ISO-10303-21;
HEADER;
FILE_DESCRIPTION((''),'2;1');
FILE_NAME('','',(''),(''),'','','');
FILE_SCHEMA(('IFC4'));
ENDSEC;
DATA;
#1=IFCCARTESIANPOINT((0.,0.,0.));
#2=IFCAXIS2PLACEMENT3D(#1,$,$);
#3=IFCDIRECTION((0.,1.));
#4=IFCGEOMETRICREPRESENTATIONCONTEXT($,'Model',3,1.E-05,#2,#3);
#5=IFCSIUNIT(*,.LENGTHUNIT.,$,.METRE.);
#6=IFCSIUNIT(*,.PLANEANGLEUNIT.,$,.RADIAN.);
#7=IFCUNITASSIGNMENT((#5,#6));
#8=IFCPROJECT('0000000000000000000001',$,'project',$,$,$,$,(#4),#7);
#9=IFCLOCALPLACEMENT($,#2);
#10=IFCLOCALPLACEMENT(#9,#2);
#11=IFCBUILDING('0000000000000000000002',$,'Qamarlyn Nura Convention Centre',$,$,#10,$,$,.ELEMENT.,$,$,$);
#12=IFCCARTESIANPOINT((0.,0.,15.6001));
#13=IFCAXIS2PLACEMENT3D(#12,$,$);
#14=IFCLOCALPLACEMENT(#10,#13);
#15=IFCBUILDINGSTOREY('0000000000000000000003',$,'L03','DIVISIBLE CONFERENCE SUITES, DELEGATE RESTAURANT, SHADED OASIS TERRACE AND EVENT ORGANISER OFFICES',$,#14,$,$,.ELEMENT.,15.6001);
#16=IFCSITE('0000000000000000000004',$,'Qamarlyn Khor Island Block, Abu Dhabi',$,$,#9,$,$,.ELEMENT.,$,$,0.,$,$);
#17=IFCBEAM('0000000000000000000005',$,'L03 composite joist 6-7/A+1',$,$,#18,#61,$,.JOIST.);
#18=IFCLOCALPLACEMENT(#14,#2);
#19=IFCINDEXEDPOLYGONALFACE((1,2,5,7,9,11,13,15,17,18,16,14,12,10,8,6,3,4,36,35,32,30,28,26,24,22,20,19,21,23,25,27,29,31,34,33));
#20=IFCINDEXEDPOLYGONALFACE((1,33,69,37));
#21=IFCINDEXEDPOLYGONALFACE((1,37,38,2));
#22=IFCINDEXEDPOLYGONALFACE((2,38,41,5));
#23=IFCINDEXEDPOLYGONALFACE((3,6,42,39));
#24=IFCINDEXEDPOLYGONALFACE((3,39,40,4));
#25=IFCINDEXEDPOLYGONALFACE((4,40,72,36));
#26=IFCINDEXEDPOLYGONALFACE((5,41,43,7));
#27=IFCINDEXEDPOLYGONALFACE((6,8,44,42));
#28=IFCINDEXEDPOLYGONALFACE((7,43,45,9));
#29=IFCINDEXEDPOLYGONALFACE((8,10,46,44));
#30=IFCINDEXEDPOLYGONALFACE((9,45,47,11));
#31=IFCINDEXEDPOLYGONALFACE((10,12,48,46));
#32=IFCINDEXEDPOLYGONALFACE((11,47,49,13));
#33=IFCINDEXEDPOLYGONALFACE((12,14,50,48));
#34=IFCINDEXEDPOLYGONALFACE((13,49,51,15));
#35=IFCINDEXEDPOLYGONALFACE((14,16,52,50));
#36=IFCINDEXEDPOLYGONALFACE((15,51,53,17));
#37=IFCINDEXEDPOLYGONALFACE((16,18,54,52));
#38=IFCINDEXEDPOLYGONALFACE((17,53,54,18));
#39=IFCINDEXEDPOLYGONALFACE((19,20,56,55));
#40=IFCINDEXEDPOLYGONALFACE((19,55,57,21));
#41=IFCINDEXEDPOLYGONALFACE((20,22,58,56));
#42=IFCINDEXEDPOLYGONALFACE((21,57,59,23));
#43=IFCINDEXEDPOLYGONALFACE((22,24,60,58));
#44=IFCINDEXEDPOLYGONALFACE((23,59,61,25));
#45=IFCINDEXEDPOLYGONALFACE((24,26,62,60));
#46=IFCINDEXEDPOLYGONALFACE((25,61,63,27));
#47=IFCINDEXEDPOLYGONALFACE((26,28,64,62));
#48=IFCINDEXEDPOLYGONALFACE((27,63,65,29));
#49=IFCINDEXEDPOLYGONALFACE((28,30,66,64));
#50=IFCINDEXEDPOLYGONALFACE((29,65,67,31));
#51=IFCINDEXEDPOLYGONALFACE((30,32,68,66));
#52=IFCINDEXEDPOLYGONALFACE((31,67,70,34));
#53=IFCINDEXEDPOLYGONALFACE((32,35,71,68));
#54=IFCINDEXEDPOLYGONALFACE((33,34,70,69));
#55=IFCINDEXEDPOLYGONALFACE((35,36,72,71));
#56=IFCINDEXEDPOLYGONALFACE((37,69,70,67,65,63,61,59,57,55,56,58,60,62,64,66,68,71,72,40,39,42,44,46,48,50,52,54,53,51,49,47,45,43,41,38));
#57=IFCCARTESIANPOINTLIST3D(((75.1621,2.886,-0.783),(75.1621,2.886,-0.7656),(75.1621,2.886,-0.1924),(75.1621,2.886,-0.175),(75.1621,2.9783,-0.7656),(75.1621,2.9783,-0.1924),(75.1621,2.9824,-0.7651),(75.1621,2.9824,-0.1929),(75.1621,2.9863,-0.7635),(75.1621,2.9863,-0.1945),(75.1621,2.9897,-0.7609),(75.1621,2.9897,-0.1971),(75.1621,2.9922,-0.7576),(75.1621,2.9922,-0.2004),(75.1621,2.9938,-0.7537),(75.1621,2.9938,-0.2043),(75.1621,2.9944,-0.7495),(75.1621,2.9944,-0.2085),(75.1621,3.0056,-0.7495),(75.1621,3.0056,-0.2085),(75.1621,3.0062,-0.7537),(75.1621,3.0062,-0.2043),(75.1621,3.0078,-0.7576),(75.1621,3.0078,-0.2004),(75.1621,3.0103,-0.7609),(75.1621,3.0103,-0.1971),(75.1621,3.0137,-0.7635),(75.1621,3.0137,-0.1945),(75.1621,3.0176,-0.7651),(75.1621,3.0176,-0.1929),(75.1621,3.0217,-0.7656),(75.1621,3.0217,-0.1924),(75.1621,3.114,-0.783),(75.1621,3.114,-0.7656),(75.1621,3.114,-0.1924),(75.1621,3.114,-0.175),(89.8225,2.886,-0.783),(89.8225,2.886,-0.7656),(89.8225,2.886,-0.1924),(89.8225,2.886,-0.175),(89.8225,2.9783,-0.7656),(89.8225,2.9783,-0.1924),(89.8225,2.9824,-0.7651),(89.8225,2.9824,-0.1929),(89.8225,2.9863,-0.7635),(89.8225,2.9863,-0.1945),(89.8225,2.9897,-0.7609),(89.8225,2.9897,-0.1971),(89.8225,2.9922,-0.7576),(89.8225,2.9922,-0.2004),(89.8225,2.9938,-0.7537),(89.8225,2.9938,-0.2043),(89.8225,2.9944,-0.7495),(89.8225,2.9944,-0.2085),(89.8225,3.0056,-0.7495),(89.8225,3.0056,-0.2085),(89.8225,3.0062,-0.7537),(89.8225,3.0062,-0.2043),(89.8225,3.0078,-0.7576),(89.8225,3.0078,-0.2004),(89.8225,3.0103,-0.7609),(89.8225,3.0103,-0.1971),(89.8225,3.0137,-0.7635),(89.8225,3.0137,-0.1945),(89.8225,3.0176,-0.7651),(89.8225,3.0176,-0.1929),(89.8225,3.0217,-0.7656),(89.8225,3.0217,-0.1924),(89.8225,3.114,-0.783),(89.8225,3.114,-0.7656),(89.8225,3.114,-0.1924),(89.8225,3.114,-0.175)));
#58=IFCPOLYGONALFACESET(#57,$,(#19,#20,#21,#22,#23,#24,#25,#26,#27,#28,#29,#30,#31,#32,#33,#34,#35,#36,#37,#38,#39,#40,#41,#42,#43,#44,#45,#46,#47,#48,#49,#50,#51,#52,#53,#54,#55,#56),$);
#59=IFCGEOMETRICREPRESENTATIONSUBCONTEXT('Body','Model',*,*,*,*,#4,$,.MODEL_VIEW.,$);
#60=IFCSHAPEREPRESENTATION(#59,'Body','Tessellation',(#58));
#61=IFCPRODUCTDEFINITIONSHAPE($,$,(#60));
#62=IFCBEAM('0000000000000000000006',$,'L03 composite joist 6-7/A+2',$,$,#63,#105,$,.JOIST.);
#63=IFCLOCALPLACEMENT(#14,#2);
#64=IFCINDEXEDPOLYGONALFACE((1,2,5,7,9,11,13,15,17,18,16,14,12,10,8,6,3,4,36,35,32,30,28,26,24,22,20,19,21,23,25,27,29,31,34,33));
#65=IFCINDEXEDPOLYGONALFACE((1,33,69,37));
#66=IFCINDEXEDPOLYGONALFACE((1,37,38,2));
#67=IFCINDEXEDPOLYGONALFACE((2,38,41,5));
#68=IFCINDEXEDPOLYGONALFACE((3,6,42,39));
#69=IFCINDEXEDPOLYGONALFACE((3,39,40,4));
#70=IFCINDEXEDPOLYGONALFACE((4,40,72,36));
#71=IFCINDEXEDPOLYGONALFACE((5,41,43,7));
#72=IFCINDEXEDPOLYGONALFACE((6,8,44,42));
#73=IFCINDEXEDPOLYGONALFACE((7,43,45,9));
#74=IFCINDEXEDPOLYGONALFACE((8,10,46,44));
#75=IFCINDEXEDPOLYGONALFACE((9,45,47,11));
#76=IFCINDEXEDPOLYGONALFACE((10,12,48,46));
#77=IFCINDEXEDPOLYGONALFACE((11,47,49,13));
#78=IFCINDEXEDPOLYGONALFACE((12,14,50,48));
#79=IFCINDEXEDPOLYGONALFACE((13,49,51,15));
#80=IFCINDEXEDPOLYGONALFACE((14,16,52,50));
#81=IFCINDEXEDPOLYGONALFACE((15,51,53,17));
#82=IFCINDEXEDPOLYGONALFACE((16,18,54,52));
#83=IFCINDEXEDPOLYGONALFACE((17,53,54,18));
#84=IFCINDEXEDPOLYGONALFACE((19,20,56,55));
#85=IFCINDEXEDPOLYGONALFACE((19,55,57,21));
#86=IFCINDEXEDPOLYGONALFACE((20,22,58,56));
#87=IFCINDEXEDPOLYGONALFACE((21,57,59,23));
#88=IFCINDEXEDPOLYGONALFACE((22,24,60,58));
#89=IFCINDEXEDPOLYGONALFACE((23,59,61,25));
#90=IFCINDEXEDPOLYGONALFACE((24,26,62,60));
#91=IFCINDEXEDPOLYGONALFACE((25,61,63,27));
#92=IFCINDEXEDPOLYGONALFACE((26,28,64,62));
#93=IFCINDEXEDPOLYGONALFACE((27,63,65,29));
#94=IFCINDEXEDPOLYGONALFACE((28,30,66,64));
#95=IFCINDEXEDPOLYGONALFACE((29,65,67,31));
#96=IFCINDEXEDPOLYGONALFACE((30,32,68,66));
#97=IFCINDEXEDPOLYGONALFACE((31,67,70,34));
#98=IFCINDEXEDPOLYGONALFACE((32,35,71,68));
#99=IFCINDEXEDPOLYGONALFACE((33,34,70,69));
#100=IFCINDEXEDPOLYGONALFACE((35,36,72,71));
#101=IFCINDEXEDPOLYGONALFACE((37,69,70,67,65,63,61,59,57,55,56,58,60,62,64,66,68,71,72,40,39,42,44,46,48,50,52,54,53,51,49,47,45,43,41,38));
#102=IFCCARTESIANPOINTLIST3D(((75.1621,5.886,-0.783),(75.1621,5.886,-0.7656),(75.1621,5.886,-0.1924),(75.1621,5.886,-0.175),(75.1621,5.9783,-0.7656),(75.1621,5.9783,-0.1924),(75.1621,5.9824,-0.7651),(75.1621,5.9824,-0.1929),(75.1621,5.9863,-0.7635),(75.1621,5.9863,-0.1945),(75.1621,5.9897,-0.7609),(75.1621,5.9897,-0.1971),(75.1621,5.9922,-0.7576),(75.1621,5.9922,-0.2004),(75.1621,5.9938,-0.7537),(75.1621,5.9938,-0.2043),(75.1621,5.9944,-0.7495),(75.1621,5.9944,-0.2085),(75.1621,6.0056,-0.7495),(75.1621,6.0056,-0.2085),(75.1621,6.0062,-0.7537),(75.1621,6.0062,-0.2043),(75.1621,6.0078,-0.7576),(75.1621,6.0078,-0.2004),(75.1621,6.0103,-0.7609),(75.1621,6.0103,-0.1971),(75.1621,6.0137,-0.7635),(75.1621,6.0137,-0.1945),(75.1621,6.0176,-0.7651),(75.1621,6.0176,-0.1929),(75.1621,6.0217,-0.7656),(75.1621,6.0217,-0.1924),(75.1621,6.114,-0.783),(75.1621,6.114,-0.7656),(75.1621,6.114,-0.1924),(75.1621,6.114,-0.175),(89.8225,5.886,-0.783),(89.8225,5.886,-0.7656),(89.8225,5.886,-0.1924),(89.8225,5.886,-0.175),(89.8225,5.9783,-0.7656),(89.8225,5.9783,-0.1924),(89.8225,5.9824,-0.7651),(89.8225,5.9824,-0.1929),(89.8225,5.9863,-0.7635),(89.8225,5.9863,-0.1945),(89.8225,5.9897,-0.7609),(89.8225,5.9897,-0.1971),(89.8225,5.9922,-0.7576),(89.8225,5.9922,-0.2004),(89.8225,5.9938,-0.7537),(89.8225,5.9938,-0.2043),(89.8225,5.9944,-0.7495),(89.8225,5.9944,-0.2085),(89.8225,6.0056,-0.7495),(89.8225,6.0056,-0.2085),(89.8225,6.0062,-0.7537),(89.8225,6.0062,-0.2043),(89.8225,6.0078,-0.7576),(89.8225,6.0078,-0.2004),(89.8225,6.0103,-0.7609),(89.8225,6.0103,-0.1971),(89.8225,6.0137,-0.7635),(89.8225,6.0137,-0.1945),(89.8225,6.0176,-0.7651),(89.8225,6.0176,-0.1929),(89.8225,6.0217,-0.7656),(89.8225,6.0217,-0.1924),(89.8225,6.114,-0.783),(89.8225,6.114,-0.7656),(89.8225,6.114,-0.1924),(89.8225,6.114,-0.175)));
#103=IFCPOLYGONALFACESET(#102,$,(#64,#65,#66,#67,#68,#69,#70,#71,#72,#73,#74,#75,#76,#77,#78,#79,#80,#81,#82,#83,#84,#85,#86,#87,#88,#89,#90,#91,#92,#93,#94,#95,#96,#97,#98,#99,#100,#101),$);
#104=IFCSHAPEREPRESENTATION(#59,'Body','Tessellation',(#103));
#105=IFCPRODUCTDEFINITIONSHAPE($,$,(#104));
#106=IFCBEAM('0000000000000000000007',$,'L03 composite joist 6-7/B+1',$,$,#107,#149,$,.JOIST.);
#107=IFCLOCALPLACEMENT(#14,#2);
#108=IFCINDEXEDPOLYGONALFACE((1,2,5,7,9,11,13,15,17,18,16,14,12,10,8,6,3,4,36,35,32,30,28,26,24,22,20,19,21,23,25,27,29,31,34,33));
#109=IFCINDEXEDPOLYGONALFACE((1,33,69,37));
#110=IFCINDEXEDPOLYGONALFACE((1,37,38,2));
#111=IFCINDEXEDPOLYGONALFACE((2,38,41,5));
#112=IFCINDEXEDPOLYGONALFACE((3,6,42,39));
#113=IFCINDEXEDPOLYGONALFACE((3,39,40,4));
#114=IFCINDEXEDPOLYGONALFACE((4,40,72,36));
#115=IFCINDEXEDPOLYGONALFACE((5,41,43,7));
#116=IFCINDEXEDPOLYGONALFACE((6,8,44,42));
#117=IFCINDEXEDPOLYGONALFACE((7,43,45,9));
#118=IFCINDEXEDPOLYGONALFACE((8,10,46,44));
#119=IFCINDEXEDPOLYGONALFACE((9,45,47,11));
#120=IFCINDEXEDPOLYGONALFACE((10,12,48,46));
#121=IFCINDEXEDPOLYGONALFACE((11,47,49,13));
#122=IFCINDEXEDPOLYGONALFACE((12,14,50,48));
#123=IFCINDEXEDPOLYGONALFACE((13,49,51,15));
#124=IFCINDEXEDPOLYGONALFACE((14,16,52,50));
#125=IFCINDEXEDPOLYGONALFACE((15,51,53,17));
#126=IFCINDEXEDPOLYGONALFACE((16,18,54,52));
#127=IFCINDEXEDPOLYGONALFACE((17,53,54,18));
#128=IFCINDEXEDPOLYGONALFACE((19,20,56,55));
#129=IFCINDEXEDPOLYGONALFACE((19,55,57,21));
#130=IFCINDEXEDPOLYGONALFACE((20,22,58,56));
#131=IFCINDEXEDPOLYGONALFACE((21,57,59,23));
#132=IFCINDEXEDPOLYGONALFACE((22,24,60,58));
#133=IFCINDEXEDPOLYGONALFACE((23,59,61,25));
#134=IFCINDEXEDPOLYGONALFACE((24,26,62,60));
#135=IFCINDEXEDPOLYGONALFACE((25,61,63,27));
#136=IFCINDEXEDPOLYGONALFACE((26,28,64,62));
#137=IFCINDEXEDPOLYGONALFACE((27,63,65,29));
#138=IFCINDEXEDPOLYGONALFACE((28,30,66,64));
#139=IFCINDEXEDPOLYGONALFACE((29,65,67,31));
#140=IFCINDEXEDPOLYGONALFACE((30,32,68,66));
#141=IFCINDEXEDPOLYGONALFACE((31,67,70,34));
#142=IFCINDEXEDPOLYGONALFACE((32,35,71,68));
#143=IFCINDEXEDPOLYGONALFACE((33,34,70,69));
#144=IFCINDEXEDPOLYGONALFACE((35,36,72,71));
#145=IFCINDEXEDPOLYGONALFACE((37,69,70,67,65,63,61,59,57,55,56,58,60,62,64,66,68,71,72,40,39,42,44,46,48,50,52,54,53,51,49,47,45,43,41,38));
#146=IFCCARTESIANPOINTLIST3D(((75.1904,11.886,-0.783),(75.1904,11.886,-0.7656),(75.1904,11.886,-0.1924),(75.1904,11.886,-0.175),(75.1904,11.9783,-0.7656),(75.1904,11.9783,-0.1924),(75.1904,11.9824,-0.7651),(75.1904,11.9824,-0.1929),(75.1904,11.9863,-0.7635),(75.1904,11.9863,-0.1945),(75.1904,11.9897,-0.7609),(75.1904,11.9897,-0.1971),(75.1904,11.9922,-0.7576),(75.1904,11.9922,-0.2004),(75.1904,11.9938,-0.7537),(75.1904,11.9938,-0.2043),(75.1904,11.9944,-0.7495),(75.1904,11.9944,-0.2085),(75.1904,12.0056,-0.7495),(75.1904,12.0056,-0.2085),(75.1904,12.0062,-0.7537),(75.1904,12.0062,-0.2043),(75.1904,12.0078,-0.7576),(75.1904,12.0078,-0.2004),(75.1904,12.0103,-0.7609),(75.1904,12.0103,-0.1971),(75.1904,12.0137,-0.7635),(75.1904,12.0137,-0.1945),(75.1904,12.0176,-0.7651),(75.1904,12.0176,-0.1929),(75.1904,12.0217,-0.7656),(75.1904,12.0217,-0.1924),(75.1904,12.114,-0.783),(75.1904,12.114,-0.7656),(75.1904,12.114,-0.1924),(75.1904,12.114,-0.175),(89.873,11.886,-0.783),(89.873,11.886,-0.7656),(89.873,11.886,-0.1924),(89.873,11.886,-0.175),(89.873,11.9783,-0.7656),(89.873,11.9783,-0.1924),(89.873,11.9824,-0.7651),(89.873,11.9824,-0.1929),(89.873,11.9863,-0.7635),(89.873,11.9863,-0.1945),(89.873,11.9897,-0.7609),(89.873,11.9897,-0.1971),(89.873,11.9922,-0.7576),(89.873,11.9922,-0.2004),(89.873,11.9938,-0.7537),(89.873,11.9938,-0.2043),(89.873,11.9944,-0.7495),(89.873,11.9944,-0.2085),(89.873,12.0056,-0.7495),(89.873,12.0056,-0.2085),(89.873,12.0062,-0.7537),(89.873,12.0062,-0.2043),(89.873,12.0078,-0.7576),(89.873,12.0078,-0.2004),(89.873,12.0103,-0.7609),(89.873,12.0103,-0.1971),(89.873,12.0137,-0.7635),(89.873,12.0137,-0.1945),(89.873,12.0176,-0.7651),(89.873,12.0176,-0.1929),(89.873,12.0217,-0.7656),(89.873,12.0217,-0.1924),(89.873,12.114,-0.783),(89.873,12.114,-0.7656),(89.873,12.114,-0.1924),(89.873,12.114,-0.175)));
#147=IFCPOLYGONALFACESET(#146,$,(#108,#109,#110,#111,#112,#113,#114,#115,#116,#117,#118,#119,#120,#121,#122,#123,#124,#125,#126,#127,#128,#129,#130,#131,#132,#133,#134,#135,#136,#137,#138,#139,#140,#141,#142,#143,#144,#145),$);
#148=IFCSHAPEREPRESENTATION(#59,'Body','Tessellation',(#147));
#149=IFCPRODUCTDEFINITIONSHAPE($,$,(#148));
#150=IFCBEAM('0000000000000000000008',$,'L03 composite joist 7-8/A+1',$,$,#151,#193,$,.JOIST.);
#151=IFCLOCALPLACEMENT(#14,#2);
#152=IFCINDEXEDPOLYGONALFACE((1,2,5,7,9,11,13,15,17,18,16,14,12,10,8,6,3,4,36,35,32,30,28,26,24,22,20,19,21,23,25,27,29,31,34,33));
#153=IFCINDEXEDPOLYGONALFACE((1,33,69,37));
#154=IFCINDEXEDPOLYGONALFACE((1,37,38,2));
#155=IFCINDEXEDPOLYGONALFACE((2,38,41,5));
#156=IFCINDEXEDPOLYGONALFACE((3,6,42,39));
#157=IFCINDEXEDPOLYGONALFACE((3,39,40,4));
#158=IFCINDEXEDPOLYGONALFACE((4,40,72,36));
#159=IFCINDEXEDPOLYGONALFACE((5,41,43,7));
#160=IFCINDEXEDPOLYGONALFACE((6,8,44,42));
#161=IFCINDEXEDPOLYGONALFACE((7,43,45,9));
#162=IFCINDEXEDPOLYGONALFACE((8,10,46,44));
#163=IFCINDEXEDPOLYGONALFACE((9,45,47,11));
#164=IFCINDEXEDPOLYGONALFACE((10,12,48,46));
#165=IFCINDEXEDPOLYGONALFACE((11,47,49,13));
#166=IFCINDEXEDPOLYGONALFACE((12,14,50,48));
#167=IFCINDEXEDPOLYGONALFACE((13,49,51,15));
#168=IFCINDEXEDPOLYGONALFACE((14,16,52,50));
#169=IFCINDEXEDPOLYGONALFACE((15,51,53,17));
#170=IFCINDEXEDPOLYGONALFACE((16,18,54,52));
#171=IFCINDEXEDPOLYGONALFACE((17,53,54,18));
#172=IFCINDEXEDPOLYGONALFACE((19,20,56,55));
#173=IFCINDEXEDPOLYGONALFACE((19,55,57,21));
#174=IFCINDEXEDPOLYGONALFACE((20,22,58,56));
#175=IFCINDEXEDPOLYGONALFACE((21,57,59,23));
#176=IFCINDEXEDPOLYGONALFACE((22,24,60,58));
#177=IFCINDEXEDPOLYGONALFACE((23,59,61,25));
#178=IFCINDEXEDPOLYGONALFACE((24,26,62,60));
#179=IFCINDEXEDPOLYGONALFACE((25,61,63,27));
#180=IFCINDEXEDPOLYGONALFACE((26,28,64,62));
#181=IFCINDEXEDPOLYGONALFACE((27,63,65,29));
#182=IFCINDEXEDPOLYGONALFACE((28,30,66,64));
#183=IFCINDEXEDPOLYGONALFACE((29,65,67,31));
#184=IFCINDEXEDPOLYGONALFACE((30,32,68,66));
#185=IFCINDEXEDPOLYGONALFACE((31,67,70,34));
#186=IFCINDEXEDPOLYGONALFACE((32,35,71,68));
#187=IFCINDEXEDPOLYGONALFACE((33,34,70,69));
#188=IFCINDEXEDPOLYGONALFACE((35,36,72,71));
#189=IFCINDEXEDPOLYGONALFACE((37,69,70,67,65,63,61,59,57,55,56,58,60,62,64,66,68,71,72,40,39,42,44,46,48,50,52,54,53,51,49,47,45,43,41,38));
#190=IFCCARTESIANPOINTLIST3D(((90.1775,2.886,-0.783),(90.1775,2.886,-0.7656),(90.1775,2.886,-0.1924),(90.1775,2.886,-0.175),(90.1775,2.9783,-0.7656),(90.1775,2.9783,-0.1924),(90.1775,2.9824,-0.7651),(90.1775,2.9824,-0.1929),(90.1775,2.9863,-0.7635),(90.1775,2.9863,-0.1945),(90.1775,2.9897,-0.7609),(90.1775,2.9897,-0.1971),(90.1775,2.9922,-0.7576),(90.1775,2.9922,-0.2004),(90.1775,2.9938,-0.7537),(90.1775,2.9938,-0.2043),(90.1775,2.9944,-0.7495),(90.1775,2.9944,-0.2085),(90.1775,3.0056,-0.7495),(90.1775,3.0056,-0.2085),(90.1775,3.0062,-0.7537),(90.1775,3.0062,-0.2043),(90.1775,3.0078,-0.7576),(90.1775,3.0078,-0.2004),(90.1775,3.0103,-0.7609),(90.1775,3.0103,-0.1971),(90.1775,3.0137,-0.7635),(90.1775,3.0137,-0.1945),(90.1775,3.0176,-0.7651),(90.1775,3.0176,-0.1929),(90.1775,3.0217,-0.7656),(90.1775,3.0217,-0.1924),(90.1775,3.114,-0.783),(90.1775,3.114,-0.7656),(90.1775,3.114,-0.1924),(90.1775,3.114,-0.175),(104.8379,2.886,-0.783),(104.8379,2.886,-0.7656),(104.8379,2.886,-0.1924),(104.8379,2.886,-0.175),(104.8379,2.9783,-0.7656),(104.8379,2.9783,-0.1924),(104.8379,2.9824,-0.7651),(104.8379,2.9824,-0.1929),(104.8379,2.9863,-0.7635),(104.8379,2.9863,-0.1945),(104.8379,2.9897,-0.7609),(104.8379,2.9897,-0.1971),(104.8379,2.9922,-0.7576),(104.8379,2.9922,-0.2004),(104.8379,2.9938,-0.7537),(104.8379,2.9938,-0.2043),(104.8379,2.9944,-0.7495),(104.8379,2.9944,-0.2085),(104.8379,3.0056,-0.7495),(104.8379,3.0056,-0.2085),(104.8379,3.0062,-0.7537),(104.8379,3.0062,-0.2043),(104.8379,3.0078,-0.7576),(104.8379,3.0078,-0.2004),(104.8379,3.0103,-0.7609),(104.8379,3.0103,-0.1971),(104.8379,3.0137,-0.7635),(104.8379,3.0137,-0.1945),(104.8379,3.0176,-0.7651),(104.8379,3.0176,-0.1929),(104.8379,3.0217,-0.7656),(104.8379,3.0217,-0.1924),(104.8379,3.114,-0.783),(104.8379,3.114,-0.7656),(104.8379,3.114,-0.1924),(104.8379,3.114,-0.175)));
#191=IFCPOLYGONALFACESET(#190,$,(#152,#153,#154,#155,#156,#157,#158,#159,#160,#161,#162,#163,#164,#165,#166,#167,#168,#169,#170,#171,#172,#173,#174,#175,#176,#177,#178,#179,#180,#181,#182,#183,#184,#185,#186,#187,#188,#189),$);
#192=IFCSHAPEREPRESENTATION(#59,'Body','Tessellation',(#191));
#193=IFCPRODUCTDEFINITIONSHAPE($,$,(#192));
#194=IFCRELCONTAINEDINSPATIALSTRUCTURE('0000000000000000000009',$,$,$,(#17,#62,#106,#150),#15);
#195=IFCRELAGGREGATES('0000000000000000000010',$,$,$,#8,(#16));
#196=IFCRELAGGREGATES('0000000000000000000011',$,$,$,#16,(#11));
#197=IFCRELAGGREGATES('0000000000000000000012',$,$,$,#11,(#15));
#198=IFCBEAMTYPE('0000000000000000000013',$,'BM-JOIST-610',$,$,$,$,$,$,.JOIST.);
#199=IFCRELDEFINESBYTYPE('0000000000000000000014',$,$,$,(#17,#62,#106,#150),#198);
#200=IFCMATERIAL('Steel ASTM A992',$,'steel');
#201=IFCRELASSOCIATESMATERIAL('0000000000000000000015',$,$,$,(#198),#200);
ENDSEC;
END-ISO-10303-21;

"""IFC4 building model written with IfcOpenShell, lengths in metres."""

from ifc_helpers import new_model, si_unit, direction, frame, origin, origin_2d, place, context, subcontext, project, spatial, i_section, extrude, material, material_profile, profile_set, type_object, element, save


model = new_model("IFC4")

# Units and contexts
model_context = context("Model", 3, precision=1e-05, world=origin(), true_north=direction((0.0, 1.0)))
body_context = subcontext(model_context, "Body", "Model", "MODEL_VIEW")
ifc_project = project(units=[si_unit("LENGTHUNIT", "METRE"), si_unit("PLANEANGLEUNIT", "RADIAN")], contexts=[model_context])

# Site, building, storey
site_placement = place(None, origin())
site = spatial("IfcSite", under=ifc_project, at=site_placement, Name="Qamarlyn Khor Island Block, Abu Dhabi", CompositionType="ELEMENT", RefElevation=0.0)
building_placement = place(site_placement, origin())
building = spatial("IfcBuilding", under=site, at=building_placement, Name="Qamarlyn Nura Convention Centre", CompositionType="ELEMENT")
storey_placement = place(building_placement, frame((0.0, 0.0, 15.6001)))
storey = spatial("IfcBuildingStorey", under=building, at=storey_placement, Name="L03", Description="DIVISIBLE CONFERENCE SUITES, DELEGATE RESTAURANT, SHADED OASIS TERRACE AND EVENT ORGANISER OFFICES", CompositionType="ELEMENT", Elevation=15.6001)

# Beams
ifc_material_1 = material(Name="Steel ASTM A992", Category="steel")
ifc_material_profile_1 = material_profile(ifc_material_1, i_section(OverallWidth=0.228, OverallDepth=0.6079, WebThickness=0.0112, FlangeThickness=0.0173, FilletRadius=0.0161, at=origin_2d()), Name="W610X113")
ifc_profile_set_1 = profile_set([ifc_material_profile_1], Name="Steel ASTM A992")
beam_type_1 = type_object("IfcBeamType", Name="BM-JOIST-610", PredefinedType="JOIST", material=ifc_profile_set_1)
for number, where, z_axis, x_axis, name in (
    (1, (75.1621, 3.0, -0.479), (1.0, 0.0, 0.0), (0.0, 1.0, 0.0), "L03 composite joist 6-7/A+1"),
    (2, (75.1621, 6.0, -0.479), (1.0, 0.0, 0.0), (0.0, 1.0, 0.0), "L03 composite joist 6-7/A+2"),
):
    element("IfcBeam", number, at=place(storey_placement, frame(where, z_axis=z_axis, x_axis=x_axis)), inside=storey, type_object=beam_type_1, Name=name, PredefinedType="JOIST", context=body_context, shape_type="SweptSolid", body=[
        extrude(i_section(OverallWidth=0.228, OverallDepth=0.6079, WebThickness=0.0112, FlangeThickness=0.0173, FilletRadius=0.0161, at=origin_2d()), origin(), (0.0, 0.0, 1.0), 14.6604),
    ])
beam_1_placement = place(storey_placement, frame((75.1904, 12.0, -0.479), z_axis=(1.0, 0.0, 0.0), x_axis=(0.0, 1.0, 0.0)))
element("IfcBeam", 3, at=beam_1_placement, inside=storey, type_object=beam_type_1, Name="L03 composite joist 6-7/B+1", PredefinedType="JOIST", context=body_context, shape_type="SweptSolid", body=[
    extrude(i_section(OverallWidth=0.228, OverallDepth=0.6079, WebThickness=0.0112, FlangeThickness=0.0173, FilletRadius=0.0161, at=origin_2d()), origin(), (0.0, 0.0, 1.0), 14.6826),
])
for number, where, z_axis, x_axis, name in (
    (4, (90.1775, 3.0, -0.479), (1.0, 0.0, 0.0), (0.0, 1.0, 0.0), "L03 composite joist 7-8/A+1"),
):
    element("IfcBeam", number, at=place(storey_placement, frame(where, z_axis=z_axis, x_axis=x_axis)), inside=storey, type_object=beam_type_1, Name=name, PredefinedType="JOIST", context=body_context, shape_type="SweptSolid", body=[
        extrude(i_section(OverallWidth=0.228, OverallDepth=0.6079, WebThickness=0.0112, FlangeThickness=0.0173, FilletRadius=0.0161, at=origin_2d()), origin(), (0.0, 0.0, 1.0), 14.6604),
    ])

save(model, "model.ifc")
